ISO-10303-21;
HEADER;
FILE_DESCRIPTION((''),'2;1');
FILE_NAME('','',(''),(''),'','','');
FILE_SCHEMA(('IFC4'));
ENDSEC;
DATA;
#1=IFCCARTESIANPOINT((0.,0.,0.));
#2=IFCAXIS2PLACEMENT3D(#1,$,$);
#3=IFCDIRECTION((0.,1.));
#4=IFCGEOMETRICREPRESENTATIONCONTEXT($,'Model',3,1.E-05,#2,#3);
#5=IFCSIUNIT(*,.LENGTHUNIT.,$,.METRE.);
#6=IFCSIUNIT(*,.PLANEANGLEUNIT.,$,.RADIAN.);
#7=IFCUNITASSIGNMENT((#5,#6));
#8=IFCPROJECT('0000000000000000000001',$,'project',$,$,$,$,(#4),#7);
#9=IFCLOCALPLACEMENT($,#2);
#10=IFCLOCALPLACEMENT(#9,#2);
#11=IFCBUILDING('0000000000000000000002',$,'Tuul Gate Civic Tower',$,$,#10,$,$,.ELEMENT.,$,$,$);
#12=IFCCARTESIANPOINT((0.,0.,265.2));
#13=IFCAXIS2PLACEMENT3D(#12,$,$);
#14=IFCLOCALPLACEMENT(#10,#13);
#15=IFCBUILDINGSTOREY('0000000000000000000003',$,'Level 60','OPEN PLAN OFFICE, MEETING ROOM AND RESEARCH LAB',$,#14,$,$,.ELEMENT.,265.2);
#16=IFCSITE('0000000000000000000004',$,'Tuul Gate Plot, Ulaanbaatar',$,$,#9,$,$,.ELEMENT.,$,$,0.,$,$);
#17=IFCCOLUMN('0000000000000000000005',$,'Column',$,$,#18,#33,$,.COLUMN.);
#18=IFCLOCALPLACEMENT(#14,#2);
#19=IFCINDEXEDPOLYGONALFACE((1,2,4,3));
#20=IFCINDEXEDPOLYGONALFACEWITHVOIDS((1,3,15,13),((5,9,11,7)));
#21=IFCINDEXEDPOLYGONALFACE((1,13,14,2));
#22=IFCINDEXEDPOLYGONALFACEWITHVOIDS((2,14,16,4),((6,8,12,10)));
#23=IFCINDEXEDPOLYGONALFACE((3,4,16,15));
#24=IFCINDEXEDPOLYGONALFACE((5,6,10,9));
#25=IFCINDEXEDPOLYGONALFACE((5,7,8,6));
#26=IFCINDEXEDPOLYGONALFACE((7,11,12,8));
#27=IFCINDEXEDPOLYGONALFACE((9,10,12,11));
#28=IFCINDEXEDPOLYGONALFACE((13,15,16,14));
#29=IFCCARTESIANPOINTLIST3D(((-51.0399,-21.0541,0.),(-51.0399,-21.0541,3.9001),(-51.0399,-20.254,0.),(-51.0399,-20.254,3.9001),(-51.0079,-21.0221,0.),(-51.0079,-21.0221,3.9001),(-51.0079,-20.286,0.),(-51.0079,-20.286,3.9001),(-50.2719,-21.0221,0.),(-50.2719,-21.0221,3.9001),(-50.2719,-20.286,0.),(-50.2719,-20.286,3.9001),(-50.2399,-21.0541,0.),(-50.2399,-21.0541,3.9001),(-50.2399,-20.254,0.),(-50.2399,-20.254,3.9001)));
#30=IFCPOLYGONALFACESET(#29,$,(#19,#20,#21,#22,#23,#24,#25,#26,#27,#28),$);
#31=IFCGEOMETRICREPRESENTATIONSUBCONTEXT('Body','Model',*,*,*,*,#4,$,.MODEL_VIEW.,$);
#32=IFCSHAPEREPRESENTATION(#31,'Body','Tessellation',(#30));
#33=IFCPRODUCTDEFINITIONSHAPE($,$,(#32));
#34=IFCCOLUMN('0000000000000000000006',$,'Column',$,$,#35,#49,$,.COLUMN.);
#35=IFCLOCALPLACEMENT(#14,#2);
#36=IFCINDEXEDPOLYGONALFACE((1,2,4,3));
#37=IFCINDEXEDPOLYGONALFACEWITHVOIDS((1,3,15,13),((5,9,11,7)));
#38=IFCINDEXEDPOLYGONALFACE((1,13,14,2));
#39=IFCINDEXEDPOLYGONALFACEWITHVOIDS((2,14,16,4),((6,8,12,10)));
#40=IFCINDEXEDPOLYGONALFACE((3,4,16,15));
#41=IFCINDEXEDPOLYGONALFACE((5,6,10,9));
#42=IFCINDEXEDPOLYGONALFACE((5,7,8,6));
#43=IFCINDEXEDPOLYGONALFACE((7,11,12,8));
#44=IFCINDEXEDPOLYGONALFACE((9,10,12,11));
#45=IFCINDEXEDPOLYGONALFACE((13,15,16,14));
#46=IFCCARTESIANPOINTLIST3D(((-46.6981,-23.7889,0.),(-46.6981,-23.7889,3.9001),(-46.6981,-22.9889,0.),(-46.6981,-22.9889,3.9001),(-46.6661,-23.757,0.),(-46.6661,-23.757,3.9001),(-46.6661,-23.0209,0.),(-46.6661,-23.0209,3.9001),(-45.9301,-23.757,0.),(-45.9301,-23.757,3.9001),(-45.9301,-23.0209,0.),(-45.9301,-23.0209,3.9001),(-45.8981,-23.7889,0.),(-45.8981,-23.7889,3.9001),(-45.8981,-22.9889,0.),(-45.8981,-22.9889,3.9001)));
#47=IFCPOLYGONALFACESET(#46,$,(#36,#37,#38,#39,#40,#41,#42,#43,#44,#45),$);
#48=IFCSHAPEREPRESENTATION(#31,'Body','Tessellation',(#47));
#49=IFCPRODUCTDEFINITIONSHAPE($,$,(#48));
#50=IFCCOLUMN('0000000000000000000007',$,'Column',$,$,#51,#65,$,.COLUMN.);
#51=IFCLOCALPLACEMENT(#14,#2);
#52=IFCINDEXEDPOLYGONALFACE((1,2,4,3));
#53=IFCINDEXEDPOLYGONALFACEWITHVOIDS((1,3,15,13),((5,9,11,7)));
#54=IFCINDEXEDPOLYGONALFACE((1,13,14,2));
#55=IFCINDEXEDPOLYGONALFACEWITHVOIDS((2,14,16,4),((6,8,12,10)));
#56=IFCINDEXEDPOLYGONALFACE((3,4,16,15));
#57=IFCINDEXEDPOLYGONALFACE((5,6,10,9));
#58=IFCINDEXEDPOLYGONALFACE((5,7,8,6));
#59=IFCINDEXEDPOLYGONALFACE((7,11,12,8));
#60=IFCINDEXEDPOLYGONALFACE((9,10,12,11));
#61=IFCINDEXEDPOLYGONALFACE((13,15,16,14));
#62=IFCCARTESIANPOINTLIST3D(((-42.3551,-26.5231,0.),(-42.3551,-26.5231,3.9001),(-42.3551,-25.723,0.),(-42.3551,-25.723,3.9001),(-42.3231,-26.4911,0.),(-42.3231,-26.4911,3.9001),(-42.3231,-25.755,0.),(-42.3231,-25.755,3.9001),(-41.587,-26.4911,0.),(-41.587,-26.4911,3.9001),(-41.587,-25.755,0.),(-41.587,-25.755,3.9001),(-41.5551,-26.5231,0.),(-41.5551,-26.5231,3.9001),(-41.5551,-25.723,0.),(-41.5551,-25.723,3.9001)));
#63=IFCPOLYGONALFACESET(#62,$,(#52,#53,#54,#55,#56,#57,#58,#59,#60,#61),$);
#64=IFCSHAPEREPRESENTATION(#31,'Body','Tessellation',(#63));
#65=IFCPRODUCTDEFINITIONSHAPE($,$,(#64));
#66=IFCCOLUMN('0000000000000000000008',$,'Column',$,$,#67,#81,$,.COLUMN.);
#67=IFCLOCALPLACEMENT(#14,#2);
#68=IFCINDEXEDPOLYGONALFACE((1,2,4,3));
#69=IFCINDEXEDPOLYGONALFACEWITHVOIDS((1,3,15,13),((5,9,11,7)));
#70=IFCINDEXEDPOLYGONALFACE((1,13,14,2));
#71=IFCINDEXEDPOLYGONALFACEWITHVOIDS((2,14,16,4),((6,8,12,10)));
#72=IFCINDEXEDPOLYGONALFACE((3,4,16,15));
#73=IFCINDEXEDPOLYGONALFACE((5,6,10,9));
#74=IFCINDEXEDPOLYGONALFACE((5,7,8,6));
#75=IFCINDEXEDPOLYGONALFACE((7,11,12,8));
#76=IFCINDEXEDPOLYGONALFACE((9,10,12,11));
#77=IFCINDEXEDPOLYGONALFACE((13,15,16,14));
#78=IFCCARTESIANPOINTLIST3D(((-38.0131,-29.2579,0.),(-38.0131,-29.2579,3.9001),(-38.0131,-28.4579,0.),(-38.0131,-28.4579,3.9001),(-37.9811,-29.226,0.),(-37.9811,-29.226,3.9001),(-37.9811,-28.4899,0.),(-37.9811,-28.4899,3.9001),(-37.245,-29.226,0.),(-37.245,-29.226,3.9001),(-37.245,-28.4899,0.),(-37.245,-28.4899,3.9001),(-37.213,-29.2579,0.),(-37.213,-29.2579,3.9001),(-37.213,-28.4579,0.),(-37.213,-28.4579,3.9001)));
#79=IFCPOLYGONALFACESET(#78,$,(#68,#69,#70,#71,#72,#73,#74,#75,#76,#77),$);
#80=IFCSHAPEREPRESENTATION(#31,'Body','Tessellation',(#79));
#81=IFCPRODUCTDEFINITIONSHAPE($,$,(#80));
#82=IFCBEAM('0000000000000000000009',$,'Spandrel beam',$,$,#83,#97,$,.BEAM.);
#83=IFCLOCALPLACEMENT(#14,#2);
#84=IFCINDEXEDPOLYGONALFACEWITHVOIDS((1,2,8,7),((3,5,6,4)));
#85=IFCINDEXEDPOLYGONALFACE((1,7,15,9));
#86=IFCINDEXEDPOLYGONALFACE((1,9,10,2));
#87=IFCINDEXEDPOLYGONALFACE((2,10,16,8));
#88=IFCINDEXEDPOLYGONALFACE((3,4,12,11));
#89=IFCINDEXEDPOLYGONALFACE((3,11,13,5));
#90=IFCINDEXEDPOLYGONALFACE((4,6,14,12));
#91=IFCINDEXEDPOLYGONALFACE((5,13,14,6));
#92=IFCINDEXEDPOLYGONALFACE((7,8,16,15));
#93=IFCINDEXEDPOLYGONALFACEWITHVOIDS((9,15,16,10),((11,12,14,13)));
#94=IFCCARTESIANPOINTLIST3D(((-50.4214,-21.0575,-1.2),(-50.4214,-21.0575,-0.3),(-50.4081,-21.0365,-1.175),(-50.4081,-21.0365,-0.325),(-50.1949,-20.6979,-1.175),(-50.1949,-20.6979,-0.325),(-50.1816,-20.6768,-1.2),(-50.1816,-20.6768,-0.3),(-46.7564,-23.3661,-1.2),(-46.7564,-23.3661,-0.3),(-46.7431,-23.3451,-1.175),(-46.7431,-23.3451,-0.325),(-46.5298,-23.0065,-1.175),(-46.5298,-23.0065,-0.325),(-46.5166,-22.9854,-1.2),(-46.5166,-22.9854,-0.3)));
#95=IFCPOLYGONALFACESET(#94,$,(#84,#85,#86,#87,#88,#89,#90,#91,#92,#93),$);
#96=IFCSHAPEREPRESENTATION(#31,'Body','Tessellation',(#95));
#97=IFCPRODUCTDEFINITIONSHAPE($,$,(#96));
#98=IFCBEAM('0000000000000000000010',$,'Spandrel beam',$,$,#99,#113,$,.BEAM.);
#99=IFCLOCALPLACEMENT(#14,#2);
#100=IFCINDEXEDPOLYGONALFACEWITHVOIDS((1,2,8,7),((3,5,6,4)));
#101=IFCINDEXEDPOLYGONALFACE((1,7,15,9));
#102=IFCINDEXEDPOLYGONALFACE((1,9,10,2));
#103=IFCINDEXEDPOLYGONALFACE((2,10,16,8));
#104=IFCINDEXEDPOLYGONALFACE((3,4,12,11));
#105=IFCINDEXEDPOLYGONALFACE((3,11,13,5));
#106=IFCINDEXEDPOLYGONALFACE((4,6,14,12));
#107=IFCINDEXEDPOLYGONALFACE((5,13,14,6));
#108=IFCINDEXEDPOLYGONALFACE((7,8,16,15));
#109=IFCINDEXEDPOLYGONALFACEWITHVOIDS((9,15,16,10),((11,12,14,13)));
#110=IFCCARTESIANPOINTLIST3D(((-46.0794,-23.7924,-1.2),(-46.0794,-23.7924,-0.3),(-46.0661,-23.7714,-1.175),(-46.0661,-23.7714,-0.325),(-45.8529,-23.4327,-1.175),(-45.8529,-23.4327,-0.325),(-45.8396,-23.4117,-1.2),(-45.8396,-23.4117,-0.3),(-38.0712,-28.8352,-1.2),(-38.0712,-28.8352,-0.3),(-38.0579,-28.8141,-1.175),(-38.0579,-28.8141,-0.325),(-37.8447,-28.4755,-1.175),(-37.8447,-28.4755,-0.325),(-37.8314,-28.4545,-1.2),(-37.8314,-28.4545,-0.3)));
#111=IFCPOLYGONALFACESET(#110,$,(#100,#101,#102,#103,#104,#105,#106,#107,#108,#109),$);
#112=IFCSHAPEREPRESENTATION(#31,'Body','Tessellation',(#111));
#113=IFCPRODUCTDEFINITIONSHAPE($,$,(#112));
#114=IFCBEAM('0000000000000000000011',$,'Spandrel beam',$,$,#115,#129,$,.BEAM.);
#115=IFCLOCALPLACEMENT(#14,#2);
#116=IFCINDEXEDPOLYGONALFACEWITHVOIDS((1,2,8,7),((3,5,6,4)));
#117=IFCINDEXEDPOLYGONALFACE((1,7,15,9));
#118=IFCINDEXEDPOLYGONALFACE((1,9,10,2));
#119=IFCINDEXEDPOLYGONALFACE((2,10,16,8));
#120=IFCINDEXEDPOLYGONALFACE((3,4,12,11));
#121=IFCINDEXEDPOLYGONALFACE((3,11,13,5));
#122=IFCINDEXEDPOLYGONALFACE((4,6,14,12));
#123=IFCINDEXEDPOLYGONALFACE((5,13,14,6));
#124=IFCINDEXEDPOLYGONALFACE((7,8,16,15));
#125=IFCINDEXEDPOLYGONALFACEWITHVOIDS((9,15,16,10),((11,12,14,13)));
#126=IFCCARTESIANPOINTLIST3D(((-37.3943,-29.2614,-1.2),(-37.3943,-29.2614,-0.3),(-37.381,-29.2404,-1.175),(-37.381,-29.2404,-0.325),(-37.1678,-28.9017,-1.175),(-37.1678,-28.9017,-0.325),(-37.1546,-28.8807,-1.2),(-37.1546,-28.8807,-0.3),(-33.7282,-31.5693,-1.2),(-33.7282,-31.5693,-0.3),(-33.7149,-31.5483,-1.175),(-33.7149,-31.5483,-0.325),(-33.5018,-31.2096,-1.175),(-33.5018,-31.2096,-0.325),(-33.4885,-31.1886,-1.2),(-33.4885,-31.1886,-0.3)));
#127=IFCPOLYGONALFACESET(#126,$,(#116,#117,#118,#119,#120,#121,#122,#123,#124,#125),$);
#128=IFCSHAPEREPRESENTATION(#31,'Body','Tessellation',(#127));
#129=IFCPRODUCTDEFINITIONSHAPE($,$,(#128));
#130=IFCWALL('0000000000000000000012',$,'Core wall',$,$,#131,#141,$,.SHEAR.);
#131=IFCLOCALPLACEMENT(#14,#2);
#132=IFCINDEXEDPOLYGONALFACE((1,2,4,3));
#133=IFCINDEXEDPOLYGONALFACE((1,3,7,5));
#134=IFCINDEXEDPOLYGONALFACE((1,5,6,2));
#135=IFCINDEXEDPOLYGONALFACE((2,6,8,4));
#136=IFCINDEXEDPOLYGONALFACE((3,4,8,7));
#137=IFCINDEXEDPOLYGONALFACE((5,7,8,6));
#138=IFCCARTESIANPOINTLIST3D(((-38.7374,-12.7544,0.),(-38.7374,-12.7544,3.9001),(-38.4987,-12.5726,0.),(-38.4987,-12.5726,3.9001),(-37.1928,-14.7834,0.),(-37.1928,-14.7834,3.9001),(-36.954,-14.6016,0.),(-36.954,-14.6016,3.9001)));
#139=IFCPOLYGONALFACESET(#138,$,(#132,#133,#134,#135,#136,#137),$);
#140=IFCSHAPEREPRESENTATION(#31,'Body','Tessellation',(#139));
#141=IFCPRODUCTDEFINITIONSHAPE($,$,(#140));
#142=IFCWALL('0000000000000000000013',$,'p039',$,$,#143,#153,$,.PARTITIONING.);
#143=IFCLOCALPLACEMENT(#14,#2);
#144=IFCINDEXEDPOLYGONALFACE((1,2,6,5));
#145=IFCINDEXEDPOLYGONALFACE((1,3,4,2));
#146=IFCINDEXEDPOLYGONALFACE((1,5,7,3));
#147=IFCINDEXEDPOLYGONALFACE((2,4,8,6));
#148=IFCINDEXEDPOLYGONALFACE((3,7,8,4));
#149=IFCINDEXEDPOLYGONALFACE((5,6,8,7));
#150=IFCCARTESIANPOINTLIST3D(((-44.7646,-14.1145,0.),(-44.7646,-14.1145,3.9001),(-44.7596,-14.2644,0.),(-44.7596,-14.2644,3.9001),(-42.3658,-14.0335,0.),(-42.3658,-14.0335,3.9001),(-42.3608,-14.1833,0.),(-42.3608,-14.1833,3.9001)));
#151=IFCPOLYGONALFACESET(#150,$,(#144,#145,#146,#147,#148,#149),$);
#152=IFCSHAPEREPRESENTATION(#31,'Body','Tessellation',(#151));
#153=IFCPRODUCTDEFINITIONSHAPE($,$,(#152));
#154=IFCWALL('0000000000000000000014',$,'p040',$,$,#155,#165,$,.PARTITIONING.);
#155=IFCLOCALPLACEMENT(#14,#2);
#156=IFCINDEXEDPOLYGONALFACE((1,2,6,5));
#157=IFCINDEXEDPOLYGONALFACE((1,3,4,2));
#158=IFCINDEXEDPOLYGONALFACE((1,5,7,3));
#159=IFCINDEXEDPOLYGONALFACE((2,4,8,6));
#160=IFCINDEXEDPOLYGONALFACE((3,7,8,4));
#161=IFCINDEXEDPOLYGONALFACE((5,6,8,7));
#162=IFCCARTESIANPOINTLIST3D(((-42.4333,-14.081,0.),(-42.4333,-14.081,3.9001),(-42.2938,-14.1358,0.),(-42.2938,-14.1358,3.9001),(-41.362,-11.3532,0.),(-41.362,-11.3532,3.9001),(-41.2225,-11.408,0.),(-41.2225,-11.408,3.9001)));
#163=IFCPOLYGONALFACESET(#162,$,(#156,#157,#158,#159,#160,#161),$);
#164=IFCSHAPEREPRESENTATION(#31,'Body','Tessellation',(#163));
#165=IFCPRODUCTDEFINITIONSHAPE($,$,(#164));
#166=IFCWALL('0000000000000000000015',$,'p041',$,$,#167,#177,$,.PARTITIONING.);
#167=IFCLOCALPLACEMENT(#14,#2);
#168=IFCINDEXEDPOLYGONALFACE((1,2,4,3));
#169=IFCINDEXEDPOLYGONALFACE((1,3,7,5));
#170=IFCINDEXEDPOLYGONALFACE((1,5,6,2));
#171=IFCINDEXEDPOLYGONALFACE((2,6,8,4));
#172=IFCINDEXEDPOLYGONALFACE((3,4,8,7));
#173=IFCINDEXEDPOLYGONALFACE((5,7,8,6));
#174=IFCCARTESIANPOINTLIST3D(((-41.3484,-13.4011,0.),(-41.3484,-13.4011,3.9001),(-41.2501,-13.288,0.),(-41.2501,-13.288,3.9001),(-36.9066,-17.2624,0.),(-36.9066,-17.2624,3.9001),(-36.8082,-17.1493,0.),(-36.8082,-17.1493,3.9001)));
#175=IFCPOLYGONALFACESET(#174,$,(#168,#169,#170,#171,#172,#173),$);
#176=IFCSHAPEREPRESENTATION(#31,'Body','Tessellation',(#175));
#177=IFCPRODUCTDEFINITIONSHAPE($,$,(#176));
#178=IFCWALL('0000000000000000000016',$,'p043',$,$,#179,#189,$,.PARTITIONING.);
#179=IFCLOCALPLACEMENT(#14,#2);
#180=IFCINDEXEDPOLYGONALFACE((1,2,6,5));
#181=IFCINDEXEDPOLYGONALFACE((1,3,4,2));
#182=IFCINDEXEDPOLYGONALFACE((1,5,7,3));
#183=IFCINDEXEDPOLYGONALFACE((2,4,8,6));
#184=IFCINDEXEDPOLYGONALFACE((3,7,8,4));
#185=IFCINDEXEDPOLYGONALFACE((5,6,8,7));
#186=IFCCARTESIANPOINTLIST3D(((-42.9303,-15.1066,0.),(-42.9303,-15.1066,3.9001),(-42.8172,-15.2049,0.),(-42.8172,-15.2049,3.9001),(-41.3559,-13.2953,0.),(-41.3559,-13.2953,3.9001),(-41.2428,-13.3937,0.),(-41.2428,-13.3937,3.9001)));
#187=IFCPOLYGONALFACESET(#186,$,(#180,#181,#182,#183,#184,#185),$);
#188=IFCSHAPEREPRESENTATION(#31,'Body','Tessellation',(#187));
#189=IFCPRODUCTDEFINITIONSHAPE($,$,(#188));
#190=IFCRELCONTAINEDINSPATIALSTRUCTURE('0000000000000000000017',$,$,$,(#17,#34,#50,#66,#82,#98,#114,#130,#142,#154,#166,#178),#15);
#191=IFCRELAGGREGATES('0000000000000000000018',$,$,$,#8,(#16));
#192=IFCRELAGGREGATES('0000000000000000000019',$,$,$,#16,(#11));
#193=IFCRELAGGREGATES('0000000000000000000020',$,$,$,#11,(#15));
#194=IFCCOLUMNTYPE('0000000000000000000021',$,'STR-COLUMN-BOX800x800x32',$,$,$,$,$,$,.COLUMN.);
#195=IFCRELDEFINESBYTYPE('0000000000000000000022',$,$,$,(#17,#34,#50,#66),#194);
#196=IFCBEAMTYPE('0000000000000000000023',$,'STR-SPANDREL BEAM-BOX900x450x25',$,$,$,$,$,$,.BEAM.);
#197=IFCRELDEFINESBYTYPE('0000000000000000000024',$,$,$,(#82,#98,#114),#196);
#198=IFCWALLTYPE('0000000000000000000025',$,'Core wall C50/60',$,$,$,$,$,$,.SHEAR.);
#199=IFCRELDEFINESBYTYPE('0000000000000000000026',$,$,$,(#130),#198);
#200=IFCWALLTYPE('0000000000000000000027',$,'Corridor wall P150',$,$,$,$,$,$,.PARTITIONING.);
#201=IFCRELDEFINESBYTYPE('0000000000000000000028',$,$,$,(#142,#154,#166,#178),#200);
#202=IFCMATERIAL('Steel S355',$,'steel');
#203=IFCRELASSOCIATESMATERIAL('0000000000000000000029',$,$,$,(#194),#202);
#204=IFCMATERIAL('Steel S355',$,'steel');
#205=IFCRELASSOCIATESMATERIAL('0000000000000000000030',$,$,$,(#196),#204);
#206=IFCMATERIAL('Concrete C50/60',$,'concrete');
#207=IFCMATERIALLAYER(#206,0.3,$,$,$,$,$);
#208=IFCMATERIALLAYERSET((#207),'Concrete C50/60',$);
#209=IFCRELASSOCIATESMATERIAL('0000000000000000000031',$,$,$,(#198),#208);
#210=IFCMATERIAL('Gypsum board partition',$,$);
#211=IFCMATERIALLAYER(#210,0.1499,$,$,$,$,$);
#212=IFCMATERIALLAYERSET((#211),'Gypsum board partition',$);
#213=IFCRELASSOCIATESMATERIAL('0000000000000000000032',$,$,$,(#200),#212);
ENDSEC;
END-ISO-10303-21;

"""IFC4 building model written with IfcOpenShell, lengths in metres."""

from ifc_helpers import new_model, si_unit, direction, frame, frame_2d, origin, origin_2d, place, context, subcontext, project, spatial, rectangle, hollow_rectangle, extrude, material, layer, layer_set, material_profile, profile_set, type_object, element, save


model = new_model("IFC4")

# Units and contexts
model_context = context("Model", 3, precision=1e-05, world=origin(), true_north=direction((0.0, 1.0)))
body_context = subcontext(model_context, "Body", "Model", "MODEL_VIEW")
ifc_project = project(units=[si_unit("LENGTHUNIT", "METRE"), si_unit("PLANEANGLEUNIT", "RADIAN")], contexts=[model_context])

# Site, building, storey
site_placement = place(None, origin())
site = spatial("IfcSite", under=ifc_project, at=site_placement, Name="Tuul Gate Plot, Ulaanbaatar", CompositionType="ELEMENT", RefElevation=0.0)
building_placement = place(site_placement, origin())
building = spatial("IfcBuilding", under=site, at=building_placement, Name="Tuul Gate Civic Tower", CompositionType="ELEMENT")
storey_placement = place(building_placement, frame((0.0, 0.0, 265.2)))
storey = spatial("IfcBuildingStorey", under=building, at=storey_placement, Name="Level 60", Description="OPEN PLAN OFFICE, MEETING ROOM AND RESEARCH LAB", CompositionType="ELEMENT", Elevation=265.2)

# Columns
ifc_material_1 = material(Name="Steel S355", Category="steel")
ifc_material_profile_1 = material_profile(ifc_material_1, hollow_rectangle(XDim=0.8, YDim=0.8, WallThickness=0.032, at=origin_2d()), Name="BOX800x800x32")
ifc_profile_set_1 = profile_set([ifc_material_profile_1], Name="Steel S355")
column_type = type_object("IfcColumnType", Name="STR-COLUMN-BOX800x800x32", PredefinedType="COLUMN", material=ifc_profile_set_1)
for number, where, z_axis, x_axis, name in (
    (1, (-50.6399, -20.6541, 0.0), (0.0, 0.0, 1.0), (1.0, 0.0, 0.0), "Column"),
    (2, (-46.2981, -23.3889, 0.0), (0.0, 0.0, 1.0), (1.0, 0.0, 0.0), "Column"),
    (3, (-41.9551, -26.123, 0.0), (0.0, 0.0, 1.0), (1.0, 0.0, 0.0), "Column"),
    (4, (-37.613, -28.8579, 0.0), (0.0, 0.0, 1.0), (1.0, 0.0, 0.0), "Column"),
):
    element("IfcColumn", number, at=place(storey_placement, frame(where, z_axis=z_axis, x_axis=x_axis)), inside=storey, type_object=column_type, Name=name, PredefinedType="COLUMN", context=body_context, shape_type="SweptSolid", body=[
        extrude(hollow_rectangle(XDim=0.8, YDim=0.8, WallThickness=0.032, at=origin_2d()), origin(), (0.0, 0.0, 1.0), 3.9001),
    ])

# Beams
ifc_material_2 = material(Name="Steel S355", Category="steel")
ifc_material_profile_2 = material_profile(ifc_material_2, hollow_rectangle(XDim=0.45, YDim=0.8999, WallThickness=0.0249, at=origin_2d()), Name="BOX900x450x25")
ifc_profile_set_2 = profile_set([ifc_material_profile_2], Name="Steel S355")
beam_type = type_object("IfcBeamType", Name="STR-SPANDREL BEAM-BOX900x450x25", PredefinedType="BEAM", material=ifc_profile_set_2)
beam_1_placement = place(storey_placement, frame((-50.3015, -20.8672, -0.75), z_axis=(0.846131, -0.532975, 0.0), x_axis=(0.532975, 0.846131, 0.0)))
element("IfcBeam", 5, at=beam_1_placement, inside=storey, type_object=beam_type, Name="Spandrel beam", PredefinedType="BEAM", context=body_context, shape_type="SweptSolid", body=[
    extrude(hollow_rectangle(XDim=0.45, YDim=0.8999, WallThickness=0.0249, at=origin_2d()), origin(), (0.0, 0.0, 1.0), 4.3315),
])
beam_2_placement = place(storey_placement, frame((-45.9595, -23.6021, -0.75), z_axis=(0.846204, -0.53286, 0.0), x_axis=(0.53286, 0.846204, 0.0)))
element("IfcBeam", 6, at=beam_2_placement, inside=storey, type_object=beam_type, Name="Spandrel beam", PredefinedType="BEAM", context=body_context, shape_type="SweptSolid", body=[
    extrude(hollow_rectangle(XDim=0.45, YDim=0.8999, WallThickness=0.0249, at=origin_2d()), origin(), (0.0, 0.0, 1.0), 9.4636),
])
beam_3_placement = place(storey_placement, frame((-37.2744, -29.071, -0.75), z_axis=(0.846271, -0.532752, 0.0), x_axis=(0.532752, 0.846271, 0.0)))
element("IfcBeam", 7, at=beam_3_placement, inside=storey, type_object=beam_type, Name="Spandrel beam", PredefinedType="BEAM", context=body_context, shape_type="SweptSolid", body=[
    extrude(hollow_rectangle(XDim=0.45, YDim=0.8999, WallThickness=0.0249, at=origin_2d()), origin(), (0.0, 0.0, 1.0), 4.332),
])

# Walls
ifc_material_3 = material(Name="Concrete C50/60", Category="concrete")
ifc_layer_1 = layer(ifc_material_3, 0.3)
ifc_layer_set_1 = layer_set([ifc_layer_1], Name="Concrete C50/60")
wall_type_1 = type_object("IfcWallType", Name="Core wall C50/60", PredefinedType="SHEAR", material=ifc_layer_set_1)
wall_1_placement = place(storey_placement, frame((-37.0735, -14.6924, 0.0), z_axis=(0.0, 0.0, 1.0), x_axis=(-0.605729, 0.795671, 0.0)))
element("IfcWall", 8, at=wall_1_placement, inside=storey, type_object=wall_type_1, Name="Core wall", PredefinedType="SHEAR", context=body_context, shape_type="SweptSolid", body=[
    extrude(rectangle(XDim=2.55, YDim=0.3, at=frame_2d((1.2749, 0.0))), origin(), (0.0, 0.0, 1.0), 3.9001),
])
ifc_material_4 = material(Name="Gypsum board partition")
ifc_layer_2 = layer(ifc_material_4, 0.1499)
ifc_layer_set_2 = layer_set([ifc_layer_2], Name="Gypsum board partition")
wall_type_2 = type_object("IfcWallType", Name="Corridor wall P150", PredefinedType="PARTITIONING", material=ifc_layer_set_2)
wall_2_placement = place(storey_placement, frame((-44.7622, -14.1895, 0.0), z_axis=(0.0, 0.0, 1.0), x_axis=(0.99943, 0.033772, 0.0)))
element("IfcWall", 9, at=wall_2_placement, inside=storey, type_object=wall_type_2, Name="p039", PredefinedType="PARTITIONING", context=body_context, shape_type="SweptSolid", body=[
    extrude(rectangle(XDim=2.4001, YDim=0.1499, at=frame_2d((1.2002, 0.0))), origin(), (0.0, 0.0, 1.0), 3.9001),
])
wall_3_placement = place(storey_placement, frame((-42.3635, -14.1084, 0.0), z_axis=(0.0, 0.0, 1.0), x_axis=(0.365552, 0.930791, 0.0)))
element("IfcWall", 10, at=wall_3_placement, inside=storey, type_object=wall_type_2, Name="p040", PredefinedType="PARTITIONING", context=body_context, shape_type="SweptSolid", body=[
    extrude(rectangle(XDim=2.9307, YDim=0.1499, at=frame_2d((1.4653, 0.0))), origin(), (0.0, 0.0, 1.0), 3.9001),
])
wall_4_placement = place(storey_placement, frame((-41.2993, -13.3445, 0.0), z_axis=(0.0, 0.0, 1.0), x_axis=(0.754706, -0.656064, 0.0)))
element("IfcWall", 11, at=wall_4_placement, inside=storey, type_object=wall_type_2, Name="p041", PredefinedType="PARTITIONING", context=body_context, shape_type="SweptSolid", body=[
    extrude(rectangle(XDim=5.8855, YDim=0.1499, at=frame_2d((2.9429, 0.0))), origin(), (0.0, 0.0, 1.0), 3.9001),
])
wall_5_placement = place(storey_placement, frame((-42.8738, -15.1558, 0.0), z_axis=(0.0, 0.0, 1.0), x_axis=(0.656045, 0.754722, 0.0)))
element("IfcWall", 12, at=wall_5_placement, inside=storey, type_object=wall_type_2, Name="p043", PredefinedType="PARTITIONING", context=body_context, shape_type="SweptSolid", body=[
    extrude(rectangle(XDim=2.3999, YDim=0.1499, at=frame_2d((1.2, 0.0))), origin(), (0.0, 0.0, 1.0), 3.9001),
])

save(model, "model.ifc")
